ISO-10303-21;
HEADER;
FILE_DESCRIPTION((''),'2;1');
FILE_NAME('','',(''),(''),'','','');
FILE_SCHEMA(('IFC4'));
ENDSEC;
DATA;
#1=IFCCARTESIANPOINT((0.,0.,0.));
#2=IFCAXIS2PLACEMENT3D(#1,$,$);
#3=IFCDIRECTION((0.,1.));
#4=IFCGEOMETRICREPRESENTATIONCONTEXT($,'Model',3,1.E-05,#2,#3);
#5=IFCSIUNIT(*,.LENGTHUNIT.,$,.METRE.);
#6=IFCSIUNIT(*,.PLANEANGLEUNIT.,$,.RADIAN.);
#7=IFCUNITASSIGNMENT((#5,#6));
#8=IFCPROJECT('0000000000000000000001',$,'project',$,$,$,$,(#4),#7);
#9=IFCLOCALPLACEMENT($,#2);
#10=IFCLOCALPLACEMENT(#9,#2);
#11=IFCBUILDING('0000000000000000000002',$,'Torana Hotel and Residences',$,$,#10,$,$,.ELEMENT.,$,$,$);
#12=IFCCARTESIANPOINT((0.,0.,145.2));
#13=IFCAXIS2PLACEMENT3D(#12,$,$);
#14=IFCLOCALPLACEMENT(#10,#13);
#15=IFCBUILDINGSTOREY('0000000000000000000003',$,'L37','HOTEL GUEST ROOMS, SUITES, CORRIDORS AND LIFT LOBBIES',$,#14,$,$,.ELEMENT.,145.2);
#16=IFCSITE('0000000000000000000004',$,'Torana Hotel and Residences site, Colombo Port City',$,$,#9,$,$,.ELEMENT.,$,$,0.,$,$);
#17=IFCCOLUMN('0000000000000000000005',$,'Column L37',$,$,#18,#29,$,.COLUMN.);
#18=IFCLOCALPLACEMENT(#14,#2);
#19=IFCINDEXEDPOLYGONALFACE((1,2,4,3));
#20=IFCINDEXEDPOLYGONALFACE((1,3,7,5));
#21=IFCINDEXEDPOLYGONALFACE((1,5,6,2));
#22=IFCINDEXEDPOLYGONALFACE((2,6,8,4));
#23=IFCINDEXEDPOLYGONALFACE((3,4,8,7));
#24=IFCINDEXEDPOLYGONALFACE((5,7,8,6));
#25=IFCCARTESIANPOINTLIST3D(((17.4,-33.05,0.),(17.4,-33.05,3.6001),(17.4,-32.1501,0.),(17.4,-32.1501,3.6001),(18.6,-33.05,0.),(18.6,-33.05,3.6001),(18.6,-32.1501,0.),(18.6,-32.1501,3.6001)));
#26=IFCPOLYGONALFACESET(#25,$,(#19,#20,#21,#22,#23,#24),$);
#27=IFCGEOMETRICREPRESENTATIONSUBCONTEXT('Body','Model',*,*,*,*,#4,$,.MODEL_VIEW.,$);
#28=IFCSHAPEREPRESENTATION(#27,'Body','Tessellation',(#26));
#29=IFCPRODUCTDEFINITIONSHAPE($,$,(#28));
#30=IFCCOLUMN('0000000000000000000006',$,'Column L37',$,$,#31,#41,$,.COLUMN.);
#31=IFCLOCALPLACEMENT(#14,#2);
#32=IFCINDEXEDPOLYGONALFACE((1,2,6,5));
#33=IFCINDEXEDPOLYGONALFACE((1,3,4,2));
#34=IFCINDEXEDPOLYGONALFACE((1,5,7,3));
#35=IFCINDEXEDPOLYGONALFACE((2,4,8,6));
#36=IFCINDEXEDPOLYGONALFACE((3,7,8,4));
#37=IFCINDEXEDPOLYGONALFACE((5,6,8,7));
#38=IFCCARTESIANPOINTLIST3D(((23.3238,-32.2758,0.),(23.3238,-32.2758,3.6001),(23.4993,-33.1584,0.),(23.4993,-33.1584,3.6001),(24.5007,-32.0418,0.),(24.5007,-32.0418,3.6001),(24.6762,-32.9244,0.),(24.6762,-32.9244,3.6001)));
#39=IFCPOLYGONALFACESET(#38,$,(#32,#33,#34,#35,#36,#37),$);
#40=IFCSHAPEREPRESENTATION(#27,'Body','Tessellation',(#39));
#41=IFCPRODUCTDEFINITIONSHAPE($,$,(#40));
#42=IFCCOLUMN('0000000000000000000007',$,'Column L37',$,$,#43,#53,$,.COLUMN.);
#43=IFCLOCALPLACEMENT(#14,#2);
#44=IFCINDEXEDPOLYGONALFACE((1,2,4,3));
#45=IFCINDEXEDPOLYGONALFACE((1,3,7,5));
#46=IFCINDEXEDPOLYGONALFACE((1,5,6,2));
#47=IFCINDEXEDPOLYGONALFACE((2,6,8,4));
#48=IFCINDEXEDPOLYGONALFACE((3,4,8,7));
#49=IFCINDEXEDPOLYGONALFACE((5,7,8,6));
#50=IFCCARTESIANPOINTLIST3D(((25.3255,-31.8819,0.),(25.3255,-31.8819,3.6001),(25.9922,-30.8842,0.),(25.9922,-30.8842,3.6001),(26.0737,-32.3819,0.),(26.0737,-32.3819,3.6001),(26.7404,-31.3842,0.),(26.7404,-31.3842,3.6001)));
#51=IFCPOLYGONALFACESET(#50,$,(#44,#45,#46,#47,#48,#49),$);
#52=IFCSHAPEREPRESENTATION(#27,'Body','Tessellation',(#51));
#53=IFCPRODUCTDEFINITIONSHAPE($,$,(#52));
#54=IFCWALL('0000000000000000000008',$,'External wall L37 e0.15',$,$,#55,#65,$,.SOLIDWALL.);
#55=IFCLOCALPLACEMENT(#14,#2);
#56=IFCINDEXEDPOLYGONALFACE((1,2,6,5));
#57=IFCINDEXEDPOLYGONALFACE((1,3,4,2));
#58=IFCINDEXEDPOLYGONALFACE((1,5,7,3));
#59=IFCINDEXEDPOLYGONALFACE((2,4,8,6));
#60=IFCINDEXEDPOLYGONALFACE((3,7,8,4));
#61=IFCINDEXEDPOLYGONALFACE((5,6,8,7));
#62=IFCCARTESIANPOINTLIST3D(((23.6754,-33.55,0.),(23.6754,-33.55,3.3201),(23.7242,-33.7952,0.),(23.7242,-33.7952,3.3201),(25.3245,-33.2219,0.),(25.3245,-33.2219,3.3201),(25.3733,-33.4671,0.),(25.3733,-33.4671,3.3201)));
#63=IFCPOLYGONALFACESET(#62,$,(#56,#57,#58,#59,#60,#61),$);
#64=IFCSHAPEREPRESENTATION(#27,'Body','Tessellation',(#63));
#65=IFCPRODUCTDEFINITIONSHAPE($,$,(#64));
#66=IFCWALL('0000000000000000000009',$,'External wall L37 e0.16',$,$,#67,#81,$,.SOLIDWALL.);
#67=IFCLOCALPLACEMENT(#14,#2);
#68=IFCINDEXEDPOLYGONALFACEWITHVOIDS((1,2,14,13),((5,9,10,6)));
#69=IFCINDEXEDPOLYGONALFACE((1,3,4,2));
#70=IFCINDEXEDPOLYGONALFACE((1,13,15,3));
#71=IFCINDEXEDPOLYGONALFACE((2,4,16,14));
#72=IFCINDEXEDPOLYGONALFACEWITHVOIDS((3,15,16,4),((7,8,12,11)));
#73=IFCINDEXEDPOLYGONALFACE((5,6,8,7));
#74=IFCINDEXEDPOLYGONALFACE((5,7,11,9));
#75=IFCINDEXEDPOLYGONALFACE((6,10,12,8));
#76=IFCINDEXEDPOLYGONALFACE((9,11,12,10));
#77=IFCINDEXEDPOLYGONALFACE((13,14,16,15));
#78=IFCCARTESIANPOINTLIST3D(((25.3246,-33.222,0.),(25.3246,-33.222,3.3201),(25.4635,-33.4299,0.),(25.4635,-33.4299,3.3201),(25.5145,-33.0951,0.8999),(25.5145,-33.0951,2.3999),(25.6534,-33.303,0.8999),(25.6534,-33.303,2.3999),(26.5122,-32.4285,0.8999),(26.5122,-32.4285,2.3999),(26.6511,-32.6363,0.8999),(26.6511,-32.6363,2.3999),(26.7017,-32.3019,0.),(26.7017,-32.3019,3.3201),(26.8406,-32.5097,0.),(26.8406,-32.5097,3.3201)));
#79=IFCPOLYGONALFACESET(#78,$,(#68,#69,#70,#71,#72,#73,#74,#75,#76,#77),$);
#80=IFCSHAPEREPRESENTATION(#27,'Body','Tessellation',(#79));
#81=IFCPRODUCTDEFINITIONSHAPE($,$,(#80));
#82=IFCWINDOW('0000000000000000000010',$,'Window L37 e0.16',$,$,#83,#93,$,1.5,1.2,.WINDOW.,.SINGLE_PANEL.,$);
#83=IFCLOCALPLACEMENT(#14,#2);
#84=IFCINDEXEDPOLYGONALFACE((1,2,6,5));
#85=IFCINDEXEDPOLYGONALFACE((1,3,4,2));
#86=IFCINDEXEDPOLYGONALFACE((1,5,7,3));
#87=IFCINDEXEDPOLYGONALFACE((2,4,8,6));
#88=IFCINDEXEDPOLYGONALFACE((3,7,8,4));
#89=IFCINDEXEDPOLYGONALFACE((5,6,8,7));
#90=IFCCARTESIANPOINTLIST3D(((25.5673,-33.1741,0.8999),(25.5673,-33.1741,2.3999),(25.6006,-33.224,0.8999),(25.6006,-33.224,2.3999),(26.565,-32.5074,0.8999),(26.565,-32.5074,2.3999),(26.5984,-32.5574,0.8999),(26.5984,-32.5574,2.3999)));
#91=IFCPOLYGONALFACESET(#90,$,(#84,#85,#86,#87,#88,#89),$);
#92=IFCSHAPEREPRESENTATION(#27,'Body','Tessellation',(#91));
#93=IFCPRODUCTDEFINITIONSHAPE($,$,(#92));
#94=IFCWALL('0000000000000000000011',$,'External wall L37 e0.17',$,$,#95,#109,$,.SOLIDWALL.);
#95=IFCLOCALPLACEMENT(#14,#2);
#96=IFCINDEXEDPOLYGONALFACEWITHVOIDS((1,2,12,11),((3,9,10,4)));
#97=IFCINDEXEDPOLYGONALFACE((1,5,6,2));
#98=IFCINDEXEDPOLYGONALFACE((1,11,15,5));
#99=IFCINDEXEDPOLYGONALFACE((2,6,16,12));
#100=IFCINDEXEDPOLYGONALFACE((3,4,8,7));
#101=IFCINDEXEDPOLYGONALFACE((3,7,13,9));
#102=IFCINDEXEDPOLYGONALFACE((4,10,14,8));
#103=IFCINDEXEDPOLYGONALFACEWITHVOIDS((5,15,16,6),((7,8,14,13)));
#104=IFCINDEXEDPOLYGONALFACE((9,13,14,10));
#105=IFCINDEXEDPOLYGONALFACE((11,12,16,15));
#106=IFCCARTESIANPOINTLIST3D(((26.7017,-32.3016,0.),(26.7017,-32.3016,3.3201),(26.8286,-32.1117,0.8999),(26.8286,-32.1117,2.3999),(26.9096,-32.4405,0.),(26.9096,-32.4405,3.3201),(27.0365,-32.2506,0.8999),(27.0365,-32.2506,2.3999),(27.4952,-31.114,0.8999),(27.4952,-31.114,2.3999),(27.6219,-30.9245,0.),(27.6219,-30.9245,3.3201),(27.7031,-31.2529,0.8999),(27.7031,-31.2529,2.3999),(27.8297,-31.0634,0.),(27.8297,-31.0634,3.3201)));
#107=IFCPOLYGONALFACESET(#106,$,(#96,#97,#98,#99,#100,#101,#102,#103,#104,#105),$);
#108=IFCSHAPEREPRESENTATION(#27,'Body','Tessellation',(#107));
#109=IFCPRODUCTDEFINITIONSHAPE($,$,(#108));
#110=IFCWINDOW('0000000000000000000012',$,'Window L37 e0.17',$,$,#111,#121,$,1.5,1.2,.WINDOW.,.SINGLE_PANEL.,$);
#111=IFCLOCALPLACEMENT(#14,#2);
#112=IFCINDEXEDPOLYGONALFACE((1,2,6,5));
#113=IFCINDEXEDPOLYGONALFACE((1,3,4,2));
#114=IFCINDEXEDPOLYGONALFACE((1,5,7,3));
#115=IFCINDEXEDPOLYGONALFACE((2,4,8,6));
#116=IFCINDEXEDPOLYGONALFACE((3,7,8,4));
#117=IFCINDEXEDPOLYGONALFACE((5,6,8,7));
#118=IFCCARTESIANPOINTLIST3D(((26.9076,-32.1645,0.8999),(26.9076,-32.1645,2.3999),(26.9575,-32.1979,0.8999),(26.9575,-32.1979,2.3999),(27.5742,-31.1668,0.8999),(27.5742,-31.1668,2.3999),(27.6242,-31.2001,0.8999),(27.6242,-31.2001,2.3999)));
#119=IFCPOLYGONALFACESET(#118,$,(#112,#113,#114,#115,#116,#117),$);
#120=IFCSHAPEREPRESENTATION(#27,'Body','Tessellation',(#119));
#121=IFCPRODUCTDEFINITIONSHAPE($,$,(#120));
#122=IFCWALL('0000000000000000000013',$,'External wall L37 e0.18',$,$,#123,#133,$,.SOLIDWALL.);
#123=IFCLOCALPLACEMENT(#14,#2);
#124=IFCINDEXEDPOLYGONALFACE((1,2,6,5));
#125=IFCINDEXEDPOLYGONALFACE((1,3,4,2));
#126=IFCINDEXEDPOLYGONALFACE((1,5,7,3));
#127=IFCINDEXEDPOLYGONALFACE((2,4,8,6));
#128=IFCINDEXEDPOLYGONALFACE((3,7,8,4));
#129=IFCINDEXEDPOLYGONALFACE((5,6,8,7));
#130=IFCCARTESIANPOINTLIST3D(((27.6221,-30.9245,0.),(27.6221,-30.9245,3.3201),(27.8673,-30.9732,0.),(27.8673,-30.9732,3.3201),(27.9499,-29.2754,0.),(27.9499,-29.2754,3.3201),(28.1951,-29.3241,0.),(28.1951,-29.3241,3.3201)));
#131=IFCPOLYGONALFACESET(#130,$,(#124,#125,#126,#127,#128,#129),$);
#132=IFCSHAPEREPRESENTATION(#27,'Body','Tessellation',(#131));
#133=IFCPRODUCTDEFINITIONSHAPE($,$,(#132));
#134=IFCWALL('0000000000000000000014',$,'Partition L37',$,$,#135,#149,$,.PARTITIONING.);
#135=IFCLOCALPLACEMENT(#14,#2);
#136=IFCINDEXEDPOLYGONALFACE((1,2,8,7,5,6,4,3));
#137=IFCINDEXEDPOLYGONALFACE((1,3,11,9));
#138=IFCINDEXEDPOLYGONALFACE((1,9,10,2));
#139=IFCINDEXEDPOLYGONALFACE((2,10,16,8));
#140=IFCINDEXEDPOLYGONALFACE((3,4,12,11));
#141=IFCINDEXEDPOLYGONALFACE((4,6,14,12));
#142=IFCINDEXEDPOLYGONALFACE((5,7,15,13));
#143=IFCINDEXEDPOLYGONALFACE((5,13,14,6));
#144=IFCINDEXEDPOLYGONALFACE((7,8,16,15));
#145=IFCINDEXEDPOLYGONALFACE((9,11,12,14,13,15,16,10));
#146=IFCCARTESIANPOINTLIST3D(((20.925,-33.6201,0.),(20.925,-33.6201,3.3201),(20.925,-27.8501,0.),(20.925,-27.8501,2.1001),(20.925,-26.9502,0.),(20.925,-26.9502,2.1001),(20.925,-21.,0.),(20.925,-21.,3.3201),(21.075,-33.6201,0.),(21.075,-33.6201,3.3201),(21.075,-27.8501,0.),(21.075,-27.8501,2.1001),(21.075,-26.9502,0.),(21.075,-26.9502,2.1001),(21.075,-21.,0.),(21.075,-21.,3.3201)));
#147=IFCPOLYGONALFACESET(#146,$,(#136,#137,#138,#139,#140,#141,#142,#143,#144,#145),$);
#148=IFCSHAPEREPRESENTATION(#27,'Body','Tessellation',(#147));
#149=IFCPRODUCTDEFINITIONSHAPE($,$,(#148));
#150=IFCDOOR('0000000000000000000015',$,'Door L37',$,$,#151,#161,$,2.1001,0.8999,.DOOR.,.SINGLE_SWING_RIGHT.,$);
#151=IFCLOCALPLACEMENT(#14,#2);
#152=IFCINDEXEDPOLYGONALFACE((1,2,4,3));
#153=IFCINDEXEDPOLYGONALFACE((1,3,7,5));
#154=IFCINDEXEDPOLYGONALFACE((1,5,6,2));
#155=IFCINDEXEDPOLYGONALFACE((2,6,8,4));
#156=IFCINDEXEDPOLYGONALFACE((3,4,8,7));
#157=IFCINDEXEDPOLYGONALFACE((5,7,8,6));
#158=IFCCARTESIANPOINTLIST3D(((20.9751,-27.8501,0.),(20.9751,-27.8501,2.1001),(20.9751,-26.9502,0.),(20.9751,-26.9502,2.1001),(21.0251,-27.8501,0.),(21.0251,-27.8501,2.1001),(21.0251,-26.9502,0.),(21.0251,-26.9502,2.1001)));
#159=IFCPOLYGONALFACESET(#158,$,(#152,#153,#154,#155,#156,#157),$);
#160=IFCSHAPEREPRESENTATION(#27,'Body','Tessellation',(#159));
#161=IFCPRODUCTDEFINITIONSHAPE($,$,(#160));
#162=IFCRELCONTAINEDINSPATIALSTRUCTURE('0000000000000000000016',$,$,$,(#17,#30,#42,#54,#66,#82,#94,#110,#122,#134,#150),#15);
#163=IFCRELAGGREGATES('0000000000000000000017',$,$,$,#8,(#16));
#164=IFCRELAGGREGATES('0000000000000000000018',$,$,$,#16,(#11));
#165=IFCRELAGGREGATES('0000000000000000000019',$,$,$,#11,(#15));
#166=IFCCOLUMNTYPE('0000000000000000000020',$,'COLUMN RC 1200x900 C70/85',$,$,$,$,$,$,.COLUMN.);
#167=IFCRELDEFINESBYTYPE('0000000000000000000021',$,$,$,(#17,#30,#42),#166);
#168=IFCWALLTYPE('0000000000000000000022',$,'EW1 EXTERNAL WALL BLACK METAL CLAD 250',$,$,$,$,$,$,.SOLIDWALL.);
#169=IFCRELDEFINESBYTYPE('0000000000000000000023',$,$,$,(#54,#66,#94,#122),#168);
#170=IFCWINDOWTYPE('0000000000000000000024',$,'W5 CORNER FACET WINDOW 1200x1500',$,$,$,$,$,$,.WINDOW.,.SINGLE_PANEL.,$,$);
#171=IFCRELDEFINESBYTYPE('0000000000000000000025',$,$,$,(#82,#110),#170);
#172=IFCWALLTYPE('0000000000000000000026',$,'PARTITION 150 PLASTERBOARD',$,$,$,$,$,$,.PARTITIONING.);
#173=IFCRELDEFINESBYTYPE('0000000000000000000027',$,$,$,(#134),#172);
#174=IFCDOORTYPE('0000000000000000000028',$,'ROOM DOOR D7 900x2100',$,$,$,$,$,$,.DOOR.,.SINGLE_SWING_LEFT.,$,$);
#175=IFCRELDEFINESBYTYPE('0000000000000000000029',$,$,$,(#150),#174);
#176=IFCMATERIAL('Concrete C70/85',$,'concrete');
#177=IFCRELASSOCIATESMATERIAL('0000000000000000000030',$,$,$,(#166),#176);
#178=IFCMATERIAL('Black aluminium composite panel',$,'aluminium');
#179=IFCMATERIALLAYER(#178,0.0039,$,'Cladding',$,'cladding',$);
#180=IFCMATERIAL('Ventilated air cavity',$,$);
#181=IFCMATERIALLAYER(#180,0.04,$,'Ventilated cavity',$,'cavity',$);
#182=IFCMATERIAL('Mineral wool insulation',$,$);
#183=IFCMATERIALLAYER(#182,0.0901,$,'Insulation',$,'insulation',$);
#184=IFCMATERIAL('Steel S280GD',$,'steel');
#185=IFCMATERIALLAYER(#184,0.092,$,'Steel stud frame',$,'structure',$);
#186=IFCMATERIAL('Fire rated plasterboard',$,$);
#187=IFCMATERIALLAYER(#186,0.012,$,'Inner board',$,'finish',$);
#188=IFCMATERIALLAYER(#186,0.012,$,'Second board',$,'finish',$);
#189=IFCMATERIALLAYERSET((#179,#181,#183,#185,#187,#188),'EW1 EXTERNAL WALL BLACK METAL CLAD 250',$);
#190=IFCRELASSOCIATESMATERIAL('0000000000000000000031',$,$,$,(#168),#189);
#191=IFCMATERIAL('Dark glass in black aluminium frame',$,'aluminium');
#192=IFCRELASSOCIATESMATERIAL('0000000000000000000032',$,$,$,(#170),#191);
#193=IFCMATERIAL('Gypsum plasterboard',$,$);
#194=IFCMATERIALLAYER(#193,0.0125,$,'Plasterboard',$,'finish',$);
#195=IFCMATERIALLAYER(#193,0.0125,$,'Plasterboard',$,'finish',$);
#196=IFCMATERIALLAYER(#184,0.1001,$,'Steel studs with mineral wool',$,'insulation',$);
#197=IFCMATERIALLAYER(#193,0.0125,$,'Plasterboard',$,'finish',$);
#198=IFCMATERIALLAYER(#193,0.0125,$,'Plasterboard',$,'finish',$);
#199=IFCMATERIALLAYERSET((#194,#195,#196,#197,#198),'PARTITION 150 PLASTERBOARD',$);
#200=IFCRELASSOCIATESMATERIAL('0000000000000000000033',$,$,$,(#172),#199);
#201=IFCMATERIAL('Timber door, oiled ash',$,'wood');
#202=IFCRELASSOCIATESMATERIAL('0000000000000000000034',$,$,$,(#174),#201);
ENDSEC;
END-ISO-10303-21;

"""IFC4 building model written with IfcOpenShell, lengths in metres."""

from ifc_helpers import new_model, si_unit, direction, frame, frame_2d, origin, origin_2d, place, context, subcontext, project, spatial, rectangle, extrude, material, layer, layer_set, material_profile, profile_set, type_object, element, fill, save


model = new_model("IFC4")

# Units and contexts
model_context = context("Model", 3, precision=1e-05, world=origin(), true_north=direction((0.0, 1.0)))
body_context = subcontext(model_context, "Body", "Model", "MODEL_VIEW")
ifc_project = project(units=[si_unit("LENGTHUNIT", "METRE"), si_unit("PLANEANGLEUNIT", "RADIAN")], contexts=[model_context])

# Site, building, storey
site_placement = place(None, origin())
site = spatial("IfcSite", under=ifc_project, at=site_placement, Name="Torana Hotel and Residences site, Colombo Port City", CompositionType="ELEMENT", RefElevation=0.0)
building_placement = place(site_placement, origin())
building = spatial("IfcBuilding", under=site, at=building_placement, Name="Torana Hotel and Residences", CompositionType="ELEMENT")
storey_placement = place(building_placement, frame((0.0, 0.0, 145.2)))
storey = spatial("IfcBuildingStorey", under=building, at=storey_placement, Name="L37", Description="HOTEL GUEST ROOMS, SUITES, CORRIDORS AND LIFT LOBBIES", CompositionType="ELEMENT", Elevation=145.2)

# Columns
ifc_material_1 = material(Name="Concrete C70/85", Category="concrete")
ifc_material_profile = material_profile(ifc_material_1, rectangle(XDim=1.2, YDim=0.8999, at=origin_2d()), Name="RC 1200x900")
ifc_profile_set = profile_set([ifc_material_profile], Name="Concrete C70/85")
column_type = type_object("IfcColumnType", Name="COLUMN RC 1200x900 C70/85", PredefinedType="COLUMN", material=ifc_profile_set)
for number, where, z_axis, x_axis, name in (
    (1, (18.0, -32.6001, 0.0), (0.0, 0.0, 1.0), (1.0, 0.0, 0.0), "Column L37"),
    (2, (24.0, -32.6001, 0.0), (0.0, 0.0, 1.0), (0.980792, 0.195056, 0.0), "Column L37"),
    (3, (26.033, -31.6331, 0.0), (0.0, 0.0, 1.0), (0.555585, 0.83146, 0.0), "Column L37"),
):
    element("IfcColumn", number, at=place(storey_placement, frame(where, z_axis=z_axis, x_axis=x_axis)), inside=storey, type_object=column_type, Name=name, PredefinedType="COLUMN", context=body_context, shape_type="SweptSolid", body=[
        extrude(rectangle(XDim=1.2, YDim=0.8999, at=origin_2d()), origin(), (0.0, 0.0, 1.0), 3.6001),
    ])

# Wall
ifc_material_2 = material(Name="Black aluminium composite panel", Category="aluminium")
ifc_layer_1 = layer(ifc_material_2, 0.0039, Name="Cladding", Category="cladding")
ifc_material_3 = material(Name="Ventilated air cavity")
ifc_layer_2 = layer(ifc_material_3, 0.04, Name="Ventilated cavity", Category="cavity")
ifc_material_4 = material(Name="Mineral wool insulation")
ifc_layer_3 = layer(ifc_material_4, 0.0901, Name="Insulation", Category="insulation")
ifc_material_5 = material(Name="Steel S280GD", Category="steel")
ifc_layer_4 = layer(ifc_material_5, 0.092, Name="Steel stud frame", Category="structure")
ifc_material_6 = material(Name="Fire rated plasterboard")
ifc_layer_5 = layer(ifc_material_6, 0.012, Name="Inner board", Category="finish")
ifc_layer_6 = layer(ifc_material_6, 0.012, Name="Second board", Category="finish")
ifc_layer_set_1 = layer_set([ifc_layer_1, ifc_layer_2, ifc_layer_3, ifc_layer_4, ifc_layer_5, ifc_layer_6], Name="EW1 EXTERNAL WALL BLACK METAL CLAD 250")
wall_type_1 = type_object("IfcWallType", Name="EW1 EXTERNAL WALL BLACK METAL CLAD 250", PredefinedType="SOLIDWALL", material=ifc_layer_set_1)
wall_1_placement = place(storey_placement, frame((23.6997, -33.6726, 0.0), z_axis=(0.0, 0.0, 1.0), x_axis=(0.980776, 0.195139, 0.0)))
element("IfcWall", 4, at=wall_1_placement, inside=storey, type_object=wall_type_1, Name="External wall L37 e0.15", PredefinedType="SOLIDWALL", context=body_context, shape_type="SweptSolid", body=[
    extrude(rectangle(XDim=1.6814, YDim=0.25, at=frame_2d((0.8408, 0.0))), origin(), (0.0, 0.0, 1.0), 3.3201),
])

# Walls, openings, windows
wall_2_placement = place(storey_placement, frame((25.394, -33.3259, 0.0), z_axis=(0.0, 0.0, 1.0), x_axis=(0.831483, 0.55555, 0.0)))
wall_2 = element("IfcWall", 5, at=wall_2_placement, inside=storey, type_object=wall_type_1, Name="External wall L37 e0.16", PredefinedType="SOLIDWALL", context=body_context, shape_type="SweptSolid", body=[
    extrude(rectangle(XDim=1.6562, YDim=0.25, at=frame_2d((0.8281, 0.0))), origin(), (0.0, 0.0, 1.0), 3.3201),
])
opening_1_placement = place(wall_2_placement, frame((0.2283, 0.0, 0.8999)))
opening_1 = element("IfcOpeningElement", 6, at=opening_1_placement, cuts=wall_2, PredefinedType="OPENING", context=body_context, shape_type="SweptSolid", body=[
    extrude(rectangle(XDim=1.2, YDim=1.5, at=frame_2d((0.6001, 0.75))), frame((0.0, 0.135, 0.0), z_axis=(0.0, -1.0, 0.0), x_axis=(1.0, 0.0, 0.0)), (0.0, 0.0, 1.0), 0.27),
])
ifc_material_7 = material(Name="Dark glass in black aluminium frame", Category="aluminium")
window_type_1 = type_object("IfcWindowType", Name="W5 CORNER FACET WINDOW 1200x1500", PartitioningType="SINGLE_PANEL", PredefinedType="WINDOW", material=ifc_material_7)
window_1_placement = place(opening_1_placement, origin())
window_1 = element("IfcWindow", 7, at=window_1_placement, inside=storey, type_object=window_type_1, Name="Window L37 e0.16", OverallHeight=1.5, OverallWidth=1.2, PartitioningType="SINGLE_PANEL", PredefinedType="WINDOW", context=body_context, shape_type="SweptSolid", body=[
    extrude(rectangle(XDim=1.2, YDim=1.5, at=frame_2d((0.6001, 0.75))), frame((0.0, 0.03, 0.0), z_axis=(0.0, -1.0, 0.0), x_axis=(1.0, 0.0, 0.0)), (0.0, 0.0, 1.0), 0.0601),
])
fill(opening_1, window_1)
wall_3_placement = place(storey_placement, frame((26.8057, -32.3711, 0.0), z_axis=(0.0, 0.0, 1.0), x_axis=(0.55555, 0.831483, 0.0)))
wall_3 = element("IfcWall", 8, at=wall_3_placement, inside=storey, type_object=wall_type_1, Name="External wall L37 e0.17", PredefinedType="SOLIDWALL", context=body_context, shape_type="SweptSolid", body=[
    extrude(rectangle(XDim=1.6562, YDim=0.25, at=frame_2d((0.8281, 0.0))), origin(), (0.0, 0.0, 1.0), 3.3201),
])
opening_2_placement = place(wall_3_placement, frame((0.2283, 0.0, 0.8999)))
opening_2 = element("IfcOpeningElement", 9, at=opening_2_placement, cuts=wall_3, PredefinedType="OPENING", context=body_context, shape_type="SweptSolid", body=[
    extrude(rectangle(XDim=1.2, YDim=1.5, at=frame_2d((0.6001, 0.75))), frame((0.0, 0.135, 0.0), z_axis=(0.0, -1.0, 0.0), x_axis=(1.0, 0.0, 0.0)), (0.0, 0.0, 1.0), 0.27),
])
window_2_placement = place(opening_2_placement, origin())
window_2 = element("IfcWindow", 10, at=window_2_placement, inside=storey, type_object=window_type_1, Name="Window L37 e0.17", OverallHeight=1.5, OverallWidth=1.2, PartitioningType="SINGLE_PANEL", PredefinedType="WINDOW", context=body_context, shape_type="SweptSolid", body=[
    extrude(rectangle(XDim=1.2, YDim=1.5, at=frame_2d((0.6001, 0.75))), frame((0.0, 0.03, 0.0), z_axis=(0.0, -1.0, 0.0), x_axis=(1.0, 0.0, 0.0)), (0.0, 0.0, 1.0), 0.0601),
])
fill(opening_2, window_2)

# Wall
wall_4_placement = place(storey_placement, frame((27.7446, -30.949, 0.0), z_axis=(0.0, 0.0, 1.0), x_axis=(0.194999, 0.980803, 0.0)))
element("IfcWall", 11, at=wall_4_placement, inside=storey, type_object=wall_type_1, Name="External wall L37 e0.18", PredefinedType="SOLIDWALL", context=body_context, shape_type="SweptSolid", body=[
    extrude(rectangle(XDim=1.6814, YDim=0.25, at=frame_2d((0.8408, 0.0))), origin(), (0.0, 0.0, 1.0), 3.3201),
])

# Wall, opening, door
ifc_material_8 = material(Name="Gypsum plasterboard")
ifc_layer_7 = layer(ifc_material_8, 0.0125, Name="Plasterboard", Category="finish")
ifc_layer_8 = layer(ifc_material_8, 0.0125, Name="Plasterboard", Category="finish")
ifc_layer_9 = layer(ifc_material_5, 0.1001, Name="Steel studs with mineral wool", Category="insulation")
ifc_layer_10 = layer(ifc_material_8, 0.0125, Name="Plasterboard", Category="finish")
ifc_layer_11 = layer(ifc_material_8, 0.0125, Name="Plasterboard", Category="finish")
ifc_layer_set_2 = layer_set([ifc_layer_7, ifc_layer_8, ifc_layer_9, ifc_layer_10, ifc_layer_11], Name="PARTITION 150 PLASTERBOARD")
wall_type_2 = type_object("IfcWallType", Name="PARTITION 150 PLASTERBOARD", PredefinedType="PARTITIONING", material=ifc_layer_set_2)
wall_5_placement = place(storey_placement, frame((21.0, -33.6201, 0.0), z_axis=(0.0, 0.0, 1.0), x_axis=(0.0, 1.0, 0.0)))
wall_5 = element("IfcWall", 12, at=wall_5_placement, inside=storey, type_object=wall_type_2, Name="Partition L37", PredefinedType="PARTITIONING", context=body_context, shape_type="SweptSolid", body=[
    extrude(rectangle(XDim=12.6201, YDim=0.1499, at=frame_2d((6.3101, 0.0))), origin(), (0.0, 0.0, 1.0), 3.3201),
])
opening_3_placement = place(wall_5_placement, frame((5.77, 0.0, 0.0)))
opening_3 = element("IfcOpeningElement", 13, at=opening_3_placement, cuts=wall_5, PredefinedType="OPENING", context=body_context, shape_type="SweptSolid", body=[
    extrude(rectangle(XDim=0.8999, YDim=2.1001, at=frame_2d((0.45, 1.05))), frame((0.0, 0.085, 0.0), z_axis=(0.0, -1.0, 0.0), x_axis=(1.0, 0.0, 0.0)), (0.0, 0.0, 1.0), 0.1699),
])
ifc_material_9 = material(Name="Timber door, oiled ash", Category="wood")
door_type_1 = type_object("IfcDoorType", Name="ROOM DOOR D7 900x2100", OperationType="SINGLE_SWING_LEFT", PredefinedType="DOOR", material=ifc_material_9)
door_1_placement = place(opening_3_placement, origin())
door_1 = element("IfcDoor", 14, at=door_1_placement, inside=storey, type_object=door_type_1, Name="Door L37", OperationType="SINGLE_SWING_RIGHT", OverallHeight=2.1001, OverallWidth=0.8999, PredefinedType="DOOR", context=body_context, shape_type="SweptSolid", body=[
    extrude(rectangle(XDim=0.8999, YDim=2.1001, at=frame_2d((0.45, 1.05))), frame((0.0, 0.0249, 0.0), z_axis=(0.0, -1.0, 0.0), x_axis=(1.0, 0.0, 0.0)), (0.0, 0.0, 1.0), 0.05),
])
fill(opening_3, door_1)

save(model, "model.ifc")
